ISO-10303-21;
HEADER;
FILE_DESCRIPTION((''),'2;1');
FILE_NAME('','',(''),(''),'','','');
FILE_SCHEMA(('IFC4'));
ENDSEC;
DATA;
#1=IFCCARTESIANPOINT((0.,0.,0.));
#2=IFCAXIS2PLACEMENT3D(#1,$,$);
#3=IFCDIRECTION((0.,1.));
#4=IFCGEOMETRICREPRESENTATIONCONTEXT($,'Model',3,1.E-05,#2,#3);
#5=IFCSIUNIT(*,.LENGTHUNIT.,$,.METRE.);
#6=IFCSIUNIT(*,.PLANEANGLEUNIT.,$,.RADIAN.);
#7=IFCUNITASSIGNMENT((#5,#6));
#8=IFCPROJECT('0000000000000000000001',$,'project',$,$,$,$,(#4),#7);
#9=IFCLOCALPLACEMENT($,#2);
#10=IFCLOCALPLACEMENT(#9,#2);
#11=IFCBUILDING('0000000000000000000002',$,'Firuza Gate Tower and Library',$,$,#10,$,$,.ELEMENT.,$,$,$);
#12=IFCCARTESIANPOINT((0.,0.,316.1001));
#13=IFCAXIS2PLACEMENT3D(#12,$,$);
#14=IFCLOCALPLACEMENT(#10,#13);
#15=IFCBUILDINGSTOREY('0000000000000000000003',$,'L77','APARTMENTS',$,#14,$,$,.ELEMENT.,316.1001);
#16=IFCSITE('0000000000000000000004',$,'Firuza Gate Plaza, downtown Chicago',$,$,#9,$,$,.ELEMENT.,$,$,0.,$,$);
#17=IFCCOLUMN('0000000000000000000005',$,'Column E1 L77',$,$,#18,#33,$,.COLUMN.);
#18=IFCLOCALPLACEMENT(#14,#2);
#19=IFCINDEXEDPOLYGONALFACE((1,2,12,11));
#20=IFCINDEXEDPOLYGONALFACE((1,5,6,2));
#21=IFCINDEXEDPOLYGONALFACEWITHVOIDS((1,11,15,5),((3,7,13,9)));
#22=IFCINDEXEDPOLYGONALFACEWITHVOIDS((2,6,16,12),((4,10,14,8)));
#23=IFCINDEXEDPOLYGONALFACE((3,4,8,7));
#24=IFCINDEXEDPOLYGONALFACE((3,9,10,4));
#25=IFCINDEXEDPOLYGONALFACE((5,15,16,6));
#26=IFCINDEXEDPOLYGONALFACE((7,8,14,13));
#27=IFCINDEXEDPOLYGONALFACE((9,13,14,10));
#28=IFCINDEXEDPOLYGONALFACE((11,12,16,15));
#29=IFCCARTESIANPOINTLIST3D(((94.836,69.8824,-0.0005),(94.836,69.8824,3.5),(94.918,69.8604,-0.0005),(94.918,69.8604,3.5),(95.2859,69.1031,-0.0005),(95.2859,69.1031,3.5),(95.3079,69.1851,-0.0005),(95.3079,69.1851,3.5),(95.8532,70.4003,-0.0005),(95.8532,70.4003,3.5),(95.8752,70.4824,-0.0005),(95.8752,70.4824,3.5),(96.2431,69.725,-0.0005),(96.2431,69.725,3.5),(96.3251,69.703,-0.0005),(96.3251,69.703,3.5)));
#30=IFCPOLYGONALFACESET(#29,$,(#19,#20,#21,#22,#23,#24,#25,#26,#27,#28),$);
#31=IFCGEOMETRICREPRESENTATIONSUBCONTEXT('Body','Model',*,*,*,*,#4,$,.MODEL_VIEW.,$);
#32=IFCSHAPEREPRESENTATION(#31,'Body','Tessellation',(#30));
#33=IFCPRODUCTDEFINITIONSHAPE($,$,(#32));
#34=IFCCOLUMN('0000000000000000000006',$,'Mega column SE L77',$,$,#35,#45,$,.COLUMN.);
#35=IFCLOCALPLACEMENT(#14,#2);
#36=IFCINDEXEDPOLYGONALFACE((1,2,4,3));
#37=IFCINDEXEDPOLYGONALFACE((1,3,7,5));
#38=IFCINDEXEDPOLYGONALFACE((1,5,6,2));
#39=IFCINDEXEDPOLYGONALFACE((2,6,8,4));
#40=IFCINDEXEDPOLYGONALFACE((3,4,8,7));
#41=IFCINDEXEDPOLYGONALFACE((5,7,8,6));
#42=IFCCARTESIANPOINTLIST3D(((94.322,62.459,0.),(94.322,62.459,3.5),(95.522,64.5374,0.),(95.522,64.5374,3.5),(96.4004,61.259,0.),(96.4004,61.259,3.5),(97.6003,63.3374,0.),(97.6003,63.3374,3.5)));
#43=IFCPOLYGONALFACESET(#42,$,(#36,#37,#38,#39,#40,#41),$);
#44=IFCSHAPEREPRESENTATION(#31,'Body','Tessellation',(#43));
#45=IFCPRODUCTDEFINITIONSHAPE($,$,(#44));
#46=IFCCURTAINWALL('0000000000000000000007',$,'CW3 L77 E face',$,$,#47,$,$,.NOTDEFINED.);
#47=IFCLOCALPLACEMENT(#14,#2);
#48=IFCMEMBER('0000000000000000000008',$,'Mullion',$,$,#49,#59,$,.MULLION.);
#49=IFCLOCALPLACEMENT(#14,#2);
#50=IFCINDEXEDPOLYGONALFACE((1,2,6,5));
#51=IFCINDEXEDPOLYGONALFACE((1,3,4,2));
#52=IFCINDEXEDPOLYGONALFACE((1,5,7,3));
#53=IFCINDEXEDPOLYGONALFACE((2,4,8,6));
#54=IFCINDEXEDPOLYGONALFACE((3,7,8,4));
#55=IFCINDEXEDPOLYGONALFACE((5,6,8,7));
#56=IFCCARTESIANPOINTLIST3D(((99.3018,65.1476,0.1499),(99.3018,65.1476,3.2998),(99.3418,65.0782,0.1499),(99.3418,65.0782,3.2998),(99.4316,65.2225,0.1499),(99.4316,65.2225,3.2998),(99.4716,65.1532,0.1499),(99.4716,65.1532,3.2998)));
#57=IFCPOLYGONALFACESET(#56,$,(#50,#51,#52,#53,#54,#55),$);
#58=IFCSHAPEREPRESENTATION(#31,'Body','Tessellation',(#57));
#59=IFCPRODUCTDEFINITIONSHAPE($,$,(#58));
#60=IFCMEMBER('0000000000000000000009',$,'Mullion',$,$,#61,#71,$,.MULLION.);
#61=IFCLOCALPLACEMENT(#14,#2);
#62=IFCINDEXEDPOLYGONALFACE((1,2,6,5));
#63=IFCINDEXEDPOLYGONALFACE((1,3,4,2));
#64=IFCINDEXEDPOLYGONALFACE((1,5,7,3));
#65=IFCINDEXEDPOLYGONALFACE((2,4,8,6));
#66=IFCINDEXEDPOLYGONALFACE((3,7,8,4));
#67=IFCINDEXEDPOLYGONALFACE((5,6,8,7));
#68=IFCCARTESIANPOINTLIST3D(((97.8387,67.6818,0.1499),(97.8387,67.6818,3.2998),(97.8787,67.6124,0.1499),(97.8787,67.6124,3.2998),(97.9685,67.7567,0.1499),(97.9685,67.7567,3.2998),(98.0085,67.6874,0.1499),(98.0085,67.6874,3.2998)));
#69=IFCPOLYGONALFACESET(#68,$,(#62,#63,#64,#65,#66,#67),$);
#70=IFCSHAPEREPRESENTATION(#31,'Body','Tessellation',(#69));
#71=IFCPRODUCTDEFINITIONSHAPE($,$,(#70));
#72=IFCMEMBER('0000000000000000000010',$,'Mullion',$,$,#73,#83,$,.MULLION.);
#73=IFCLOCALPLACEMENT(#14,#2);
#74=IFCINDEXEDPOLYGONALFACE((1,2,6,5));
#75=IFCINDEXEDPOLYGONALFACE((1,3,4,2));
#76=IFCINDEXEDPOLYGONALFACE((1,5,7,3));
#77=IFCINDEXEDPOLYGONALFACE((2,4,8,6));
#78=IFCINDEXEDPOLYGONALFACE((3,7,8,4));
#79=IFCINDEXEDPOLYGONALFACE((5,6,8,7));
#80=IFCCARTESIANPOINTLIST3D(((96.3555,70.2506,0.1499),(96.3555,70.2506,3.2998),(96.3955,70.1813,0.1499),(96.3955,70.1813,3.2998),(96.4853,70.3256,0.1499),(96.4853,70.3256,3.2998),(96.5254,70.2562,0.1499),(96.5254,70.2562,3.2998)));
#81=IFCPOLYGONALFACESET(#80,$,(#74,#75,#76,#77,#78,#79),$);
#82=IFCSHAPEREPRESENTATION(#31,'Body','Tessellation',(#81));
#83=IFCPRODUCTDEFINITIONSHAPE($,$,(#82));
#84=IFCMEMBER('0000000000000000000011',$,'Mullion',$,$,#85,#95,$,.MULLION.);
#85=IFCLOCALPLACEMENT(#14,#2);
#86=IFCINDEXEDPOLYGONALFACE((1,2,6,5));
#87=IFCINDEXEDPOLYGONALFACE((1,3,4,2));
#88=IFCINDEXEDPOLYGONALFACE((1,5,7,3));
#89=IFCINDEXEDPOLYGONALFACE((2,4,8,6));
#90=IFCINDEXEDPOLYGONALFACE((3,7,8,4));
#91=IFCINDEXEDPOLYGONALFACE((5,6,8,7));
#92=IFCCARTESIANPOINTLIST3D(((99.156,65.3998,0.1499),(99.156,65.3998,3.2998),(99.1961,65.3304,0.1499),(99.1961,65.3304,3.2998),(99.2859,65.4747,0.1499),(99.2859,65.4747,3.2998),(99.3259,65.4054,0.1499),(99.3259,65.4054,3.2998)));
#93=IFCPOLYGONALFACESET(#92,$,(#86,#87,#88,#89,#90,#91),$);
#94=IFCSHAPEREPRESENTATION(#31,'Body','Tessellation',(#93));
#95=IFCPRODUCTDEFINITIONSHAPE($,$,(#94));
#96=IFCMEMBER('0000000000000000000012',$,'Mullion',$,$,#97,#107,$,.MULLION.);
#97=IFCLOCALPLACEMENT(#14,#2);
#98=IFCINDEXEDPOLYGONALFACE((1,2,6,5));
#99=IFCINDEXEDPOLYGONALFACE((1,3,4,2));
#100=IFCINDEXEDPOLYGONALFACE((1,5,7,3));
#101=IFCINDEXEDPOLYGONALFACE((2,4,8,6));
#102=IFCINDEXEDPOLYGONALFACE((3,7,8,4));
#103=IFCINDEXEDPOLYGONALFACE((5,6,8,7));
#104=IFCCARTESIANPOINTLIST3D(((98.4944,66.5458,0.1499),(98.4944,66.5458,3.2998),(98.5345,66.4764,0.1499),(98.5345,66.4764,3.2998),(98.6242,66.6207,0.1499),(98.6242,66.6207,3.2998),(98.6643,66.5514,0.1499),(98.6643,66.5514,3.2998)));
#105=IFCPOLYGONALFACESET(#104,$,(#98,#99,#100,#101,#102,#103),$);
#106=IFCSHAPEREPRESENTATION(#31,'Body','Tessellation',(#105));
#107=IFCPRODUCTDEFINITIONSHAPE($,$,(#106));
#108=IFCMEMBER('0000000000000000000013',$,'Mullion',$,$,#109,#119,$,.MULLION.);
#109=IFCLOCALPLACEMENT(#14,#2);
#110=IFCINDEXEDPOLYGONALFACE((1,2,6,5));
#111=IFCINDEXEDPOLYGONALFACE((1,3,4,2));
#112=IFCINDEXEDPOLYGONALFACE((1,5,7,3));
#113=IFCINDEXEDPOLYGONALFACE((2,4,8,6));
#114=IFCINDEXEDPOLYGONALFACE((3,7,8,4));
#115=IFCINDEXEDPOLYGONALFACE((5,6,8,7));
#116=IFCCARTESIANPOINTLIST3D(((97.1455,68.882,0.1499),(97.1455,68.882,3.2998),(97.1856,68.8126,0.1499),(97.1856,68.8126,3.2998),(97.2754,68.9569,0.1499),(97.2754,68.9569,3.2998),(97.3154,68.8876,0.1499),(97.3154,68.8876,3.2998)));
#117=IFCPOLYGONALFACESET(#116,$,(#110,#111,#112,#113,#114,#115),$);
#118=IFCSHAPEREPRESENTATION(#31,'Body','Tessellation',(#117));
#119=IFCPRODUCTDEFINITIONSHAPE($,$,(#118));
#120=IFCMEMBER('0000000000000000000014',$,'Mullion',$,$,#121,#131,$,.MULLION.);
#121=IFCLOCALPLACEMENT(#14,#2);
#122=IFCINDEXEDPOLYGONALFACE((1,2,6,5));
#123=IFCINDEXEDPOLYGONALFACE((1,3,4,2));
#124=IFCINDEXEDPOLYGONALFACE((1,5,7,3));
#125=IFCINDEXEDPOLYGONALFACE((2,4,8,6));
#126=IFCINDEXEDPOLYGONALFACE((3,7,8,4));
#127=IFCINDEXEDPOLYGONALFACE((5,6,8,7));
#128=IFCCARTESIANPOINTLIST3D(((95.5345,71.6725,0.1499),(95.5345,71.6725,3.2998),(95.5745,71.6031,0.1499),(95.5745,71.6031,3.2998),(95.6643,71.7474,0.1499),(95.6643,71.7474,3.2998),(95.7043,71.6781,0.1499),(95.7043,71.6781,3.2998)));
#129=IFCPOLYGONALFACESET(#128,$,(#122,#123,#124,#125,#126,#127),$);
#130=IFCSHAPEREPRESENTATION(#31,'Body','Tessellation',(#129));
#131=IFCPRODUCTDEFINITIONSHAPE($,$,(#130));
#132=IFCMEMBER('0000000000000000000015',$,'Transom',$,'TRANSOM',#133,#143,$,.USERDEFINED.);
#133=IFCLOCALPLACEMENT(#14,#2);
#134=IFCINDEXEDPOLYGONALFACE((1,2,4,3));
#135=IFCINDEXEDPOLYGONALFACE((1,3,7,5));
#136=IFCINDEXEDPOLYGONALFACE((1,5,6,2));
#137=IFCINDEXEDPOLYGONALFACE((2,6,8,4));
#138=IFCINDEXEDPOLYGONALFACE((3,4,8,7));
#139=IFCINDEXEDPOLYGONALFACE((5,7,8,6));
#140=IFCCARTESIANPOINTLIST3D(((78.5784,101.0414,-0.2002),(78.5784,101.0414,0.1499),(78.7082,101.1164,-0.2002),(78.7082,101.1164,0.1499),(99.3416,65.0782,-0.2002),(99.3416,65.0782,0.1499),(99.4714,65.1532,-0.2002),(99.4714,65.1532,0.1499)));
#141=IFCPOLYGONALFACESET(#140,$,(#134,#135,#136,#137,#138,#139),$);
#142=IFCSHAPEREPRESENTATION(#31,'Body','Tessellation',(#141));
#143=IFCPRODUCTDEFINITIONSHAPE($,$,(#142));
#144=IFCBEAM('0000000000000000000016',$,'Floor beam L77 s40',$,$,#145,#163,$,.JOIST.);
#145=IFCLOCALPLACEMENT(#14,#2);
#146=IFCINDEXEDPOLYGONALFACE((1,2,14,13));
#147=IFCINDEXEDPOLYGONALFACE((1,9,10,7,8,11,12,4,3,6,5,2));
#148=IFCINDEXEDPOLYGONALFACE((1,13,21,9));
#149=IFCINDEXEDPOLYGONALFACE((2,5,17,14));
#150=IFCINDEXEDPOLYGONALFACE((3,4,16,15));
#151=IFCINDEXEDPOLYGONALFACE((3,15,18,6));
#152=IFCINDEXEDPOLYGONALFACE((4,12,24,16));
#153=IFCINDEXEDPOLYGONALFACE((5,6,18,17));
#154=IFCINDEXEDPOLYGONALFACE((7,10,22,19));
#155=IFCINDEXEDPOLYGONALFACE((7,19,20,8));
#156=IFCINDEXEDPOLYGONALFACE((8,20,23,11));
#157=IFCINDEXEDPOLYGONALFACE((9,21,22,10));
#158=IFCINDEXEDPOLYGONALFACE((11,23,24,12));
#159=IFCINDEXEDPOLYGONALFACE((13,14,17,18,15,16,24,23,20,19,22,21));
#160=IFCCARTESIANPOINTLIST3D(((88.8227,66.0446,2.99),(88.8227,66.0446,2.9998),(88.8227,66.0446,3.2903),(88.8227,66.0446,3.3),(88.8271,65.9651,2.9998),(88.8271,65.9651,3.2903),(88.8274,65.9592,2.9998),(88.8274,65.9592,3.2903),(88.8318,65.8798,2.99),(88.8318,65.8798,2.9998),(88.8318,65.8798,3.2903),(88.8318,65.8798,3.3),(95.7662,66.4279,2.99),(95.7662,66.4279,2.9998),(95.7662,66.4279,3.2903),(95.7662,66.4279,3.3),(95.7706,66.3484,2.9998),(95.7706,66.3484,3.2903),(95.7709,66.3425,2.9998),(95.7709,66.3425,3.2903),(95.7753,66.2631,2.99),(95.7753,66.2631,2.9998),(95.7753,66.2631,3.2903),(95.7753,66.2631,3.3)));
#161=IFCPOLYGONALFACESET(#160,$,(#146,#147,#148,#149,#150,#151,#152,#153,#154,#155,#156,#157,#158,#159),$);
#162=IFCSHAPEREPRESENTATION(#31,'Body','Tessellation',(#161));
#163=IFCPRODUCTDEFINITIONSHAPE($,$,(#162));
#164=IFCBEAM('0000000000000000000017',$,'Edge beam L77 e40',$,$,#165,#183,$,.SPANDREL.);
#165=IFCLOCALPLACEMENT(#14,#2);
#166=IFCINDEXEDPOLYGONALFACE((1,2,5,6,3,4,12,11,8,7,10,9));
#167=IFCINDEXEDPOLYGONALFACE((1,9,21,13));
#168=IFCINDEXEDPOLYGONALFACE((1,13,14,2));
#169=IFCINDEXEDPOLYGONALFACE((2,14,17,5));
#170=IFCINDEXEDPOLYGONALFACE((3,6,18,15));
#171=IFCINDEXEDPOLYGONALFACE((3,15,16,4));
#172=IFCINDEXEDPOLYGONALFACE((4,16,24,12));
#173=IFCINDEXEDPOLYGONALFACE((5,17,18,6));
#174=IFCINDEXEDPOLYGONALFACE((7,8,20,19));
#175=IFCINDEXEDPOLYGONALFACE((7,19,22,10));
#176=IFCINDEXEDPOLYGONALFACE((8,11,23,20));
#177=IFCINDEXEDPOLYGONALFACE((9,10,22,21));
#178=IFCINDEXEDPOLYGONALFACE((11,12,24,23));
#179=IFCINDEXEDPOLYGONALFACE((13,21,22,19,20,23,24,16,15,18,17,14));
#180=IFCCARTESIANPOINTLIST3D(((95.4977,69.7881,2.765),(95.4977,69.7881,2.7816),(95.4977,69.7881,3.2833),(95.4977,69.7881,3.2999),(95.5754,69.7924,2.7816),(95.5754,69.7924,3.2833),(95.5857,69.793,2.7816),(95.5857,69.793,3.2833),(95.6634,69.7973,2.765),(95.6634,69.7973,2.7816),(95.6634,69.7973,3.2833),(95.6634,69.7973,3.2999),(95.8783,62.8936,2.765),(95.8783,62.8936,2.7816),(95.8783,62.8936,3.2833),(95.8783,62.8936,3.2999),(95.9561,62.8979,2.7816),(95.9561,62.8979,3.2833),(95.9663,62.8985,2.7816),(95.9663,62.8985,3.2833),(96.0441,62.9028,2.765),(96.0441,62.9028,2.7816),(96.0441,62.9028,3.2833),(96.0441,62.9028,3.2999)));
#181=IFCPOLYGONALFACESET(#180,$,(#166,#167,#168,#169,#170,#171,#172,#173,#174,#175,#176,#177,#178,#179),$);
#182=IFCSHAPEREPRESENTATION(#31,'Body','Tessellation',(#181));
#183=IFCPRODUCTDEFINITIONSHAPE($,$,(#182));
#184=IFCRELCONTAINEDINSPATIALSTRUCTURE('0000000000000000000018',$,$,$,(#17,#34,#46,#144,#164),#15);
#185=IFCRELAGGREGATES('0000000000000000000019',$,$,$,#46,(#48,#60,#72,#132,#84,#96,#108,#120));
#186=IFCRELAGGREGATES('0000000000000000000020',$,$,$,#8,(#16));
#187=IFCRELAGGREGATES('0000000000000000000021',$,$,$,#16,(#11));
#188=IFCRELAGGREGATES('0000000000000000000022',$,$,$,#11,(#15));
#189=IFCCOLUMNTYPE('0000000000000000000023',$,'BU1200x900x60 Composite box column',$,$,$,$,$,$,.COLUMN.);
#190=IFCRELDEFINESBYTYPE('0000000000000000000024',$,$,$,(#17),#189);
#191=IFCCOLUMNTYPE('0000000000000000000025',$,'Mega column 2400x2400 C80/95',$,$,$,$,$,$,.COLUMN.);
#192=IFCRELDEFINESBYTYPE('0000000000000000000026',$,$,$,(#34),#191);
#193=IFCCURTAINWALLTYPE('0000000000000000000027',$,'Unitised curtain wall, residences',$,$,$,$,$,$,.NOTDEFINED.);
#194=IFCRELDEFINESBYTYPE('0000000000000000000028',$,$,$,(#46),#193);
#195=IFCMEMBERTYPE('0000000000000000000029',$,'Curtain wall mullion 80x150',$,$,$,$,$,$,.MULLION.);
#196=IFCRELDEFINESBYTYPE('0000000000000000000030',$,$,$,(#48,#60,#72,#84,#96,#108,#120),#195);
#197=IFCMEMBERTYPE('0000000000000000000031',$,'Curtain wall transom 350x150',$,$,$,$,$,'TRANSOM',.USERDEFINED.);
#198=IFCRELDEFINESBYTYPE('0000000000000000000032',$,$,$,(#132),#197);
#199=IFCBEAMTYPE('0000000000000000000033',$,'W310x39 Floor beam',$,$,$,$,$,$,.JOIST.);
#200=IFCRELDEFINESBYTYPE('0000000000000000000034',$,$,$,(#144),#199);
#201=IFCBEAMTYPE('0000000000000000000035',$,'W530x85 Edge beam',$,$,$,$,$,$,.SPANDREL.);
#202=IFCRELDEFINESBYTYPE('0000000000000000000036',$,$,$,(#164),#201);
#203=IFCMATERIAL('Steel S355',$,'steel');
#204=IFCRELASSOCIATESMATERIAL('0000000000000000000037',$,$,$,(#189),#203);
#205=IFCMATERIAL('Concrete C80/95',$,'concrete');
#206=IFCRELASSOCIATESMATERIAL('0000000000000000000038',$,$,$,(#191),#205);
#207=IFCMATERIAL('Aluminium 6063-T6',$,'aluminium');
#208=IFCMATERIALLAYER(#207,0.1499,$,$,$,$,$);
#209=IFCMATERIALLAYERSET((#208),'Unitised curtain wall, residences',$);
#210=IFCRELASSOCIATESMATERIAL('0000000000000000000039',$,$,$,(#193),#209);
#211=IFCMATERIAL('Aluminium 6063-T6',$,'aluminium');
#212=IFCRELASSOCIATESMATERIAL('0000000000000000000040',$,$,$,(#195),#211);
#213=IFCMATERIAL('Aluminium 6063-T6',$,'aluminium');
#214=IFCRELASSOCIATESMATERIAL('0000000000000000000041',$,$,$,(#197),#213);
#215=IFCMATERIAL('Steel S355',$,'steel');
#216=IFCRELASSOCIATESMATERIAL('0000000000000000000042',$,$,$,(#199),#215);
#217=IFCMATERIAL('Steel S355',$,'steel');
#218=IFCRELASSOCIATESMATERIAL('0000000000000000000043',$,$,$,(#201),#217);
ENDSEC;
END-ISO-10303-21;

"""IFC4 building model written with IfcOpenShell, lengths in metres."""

from ifc_helpers import new_model, si_unit, direction, frame, origin, origin_2d, place, context, subcontext, project, spatial, rectangle, hollow_rectangle, i_section, extrude, material, layer, layer_set, material_profile, profile_set, type_object, element, aggregate, save


model = new_model("IFC4")

# Units and contexts
model_context = context("Model", 3, precision=1e-05, world=origin(), true_north=direction((0.0, 1.0)))
body_context = subcontext(model_context, "Body", "Model", "MODEL_VIEW")
ifc_project = project(units=[si_unit("LENGTHUNIT", "METRE"), si_unit("PLANEANGLEUNIT", "RADIAN")], contexts=[model_context])

# Site, building, storey
site_placement = place(None, origin())
site = spatial("IfcSite", under=ifc_project, at=site_placement, Name="Firuza Gate Plaza, downtown Chicago", CompositionType="ELEMENT", RefElevation=0.0)
building_placement = place(site_placement, origin())
building = spatial("IfcBuilding", under=site, at=building_placement, Name="Firuza Gate Tower and Library", CompositionType="ELEMENT")
storey_placement = place(building_placement, frame((0.0, 0.0, 316.1001)))
storey = spatial("IfcBuildingStorey", under=building, at=storey_placement, Name="L77", Description="APARTMENTS", CompositionType="ELEMENT", Elevation=316.1001)

# Columns
ifc_material_1 = material(Name="Steel S355", Category="steel")
ifc_material_profile_1 = material_profile(ifc_material_1, hollow_rectangle(XDim=0.8999, YDim=1.2, WallThickness=0.0601, at=origin_2d()))
ifc_profile_set_1 = profile_set([ifc_material_profile_1], Name="Steel S355")
column_type_1 = type_object("IfcColumnType", Name="BU1200x900x60 Composite box column", PredefinedType="COLUMN", material=ifc_profile_set_1)
column_1_placement = place(storey_placement, frame((95.5806, 69.7927, -0.0005), z_axis=(0.0, 0.0, 1.0), x_axis=(-0.5, 0.866025, 0.0)))
element("IfcColumn", 1, at=column_1_placement, inside=storey, type_object=column_type_1, Name="Column E1 L77", PredefinedType="COLUMN", context=body_context, shape_type="SweptSolid", body=[
    extrude(hollow_rectangle(XDim=0.8999, YDim=1.2, WallThickness=0.0601, at=origin_2d()), origin(), (0.0, 0.0, 1.0), 3.5005),
])
ifc_material_2 = material(Name="Concrete C80/95", Category="concrete")
ifc_material_profile_2 = material_profile(ifc_material_2, rectangle(XDim=2.3999, YDim=2.3999, at=origin_2d()))
ifc_profile_set_2 = profile_set([ifc_material_profile_2], Name="Concrete C80/95")
column_type_2 = type_object("IfcColumnType", Name="Mega column 2400x2400 C80/95", PredefinedType="COLUMN", material=ifc_profile_set_2)
column_2_placement = place(storey_placement, frame((95.9612, 62.8982, 0.0), z_axis=(0.0, 0.0, 1.0), x_axis=(0.5, 0.866025, 0.0)))
element("IfcColumn", 2, at=column_2_placement, inside=storey, type_object=column_type_2, Name="Mega column SE L77", PredefinedType="COLUMN", context=body_context, shape_type="SweptSolid", body=[
    extrude(rectangle(XDim=2.3999, YDim=2.3999, at=origin_2d()), origin(), (0.0, 0.0, 1.0), 3.5),
])

# Curtain wall, members
ifc_material_3 = material(Name="Aluminium 6063-T6", Category="aluminium")
ifc_layer_1 = layer(ifc_material_3, 0.1499)
ifc_layer_set_1 = layer_set([ifc_layer_1], Name="Unitised curtain wall, residences")
curtain_wall_type = type_object("IfcCurtainWallType", Name="Unitised curtain wall, residences", PredefinedType="NOTDEFINED", material=ifc_layer_set_1)
curtain_wall_placement = place(storey_placement, origin())
curtain_wall = element("IfcCurtainWall", 3, at=curtain_wall_placement, inside=storey, type_object=curtain_wall_type, Name="CW3 L77 E face", PredefinedType="NOTDEFINED")
ifc_material_4 = material(Name="Aluminium 6063-T6", Category="aluminium")
ifc_material_profile_3 = material_profile(ifc_material_4, rectangle(XDim=0.1499, YDim=0.0801, at=origin_2d()))
ifc_profile_set_3 = profile_set([ifc_material_profile_3], Name="Aluminium 6063-T6")
member_type_1 = type_object("IfcMemberType", Name="Curtain wall mullion 80x150", PredefinedType="MULLION", material=ifc_profile_set_3)
member_1_placement = place(storey_placement, frame((99.3867, 65.1504, 0.1499), z_axis=(0.0, 0.0, 1.0), x_axis=(-0.866025, -0.5, 0.0)))
member_1 = element("IfcMember", 4, at=member_1_placement, type_object=member_type_1, Name="Mullion", PredefinedType="MULLION", context=body_context, shape_type="SweptSolid", body=[
    extrude(rectangle(XDim=0.1499, YDim=0.0801, at=origin_2d()), origin(), (0.0, 0.0, 1.0), 3.1499),
])
member_2_placement = place(storey_placement, frame((97.9236, 67.6846, 0.1499), z_axis=(0.0, 0.0, 1.0), x_axis=(-0.866025, -0.5, 0.0)))
member_2 = element("IfcMember", 5, at=member_2_placement, type_object=member_type_1, Name="Mullion", PredefinedType="MULLION", context=body_context, shape_type="SweptSolid", body=[
    extrude(rectangle(XDim=0.1499, YDim=0.0801, at=origin_2d()), origin(), (0.0, 0.0, 1.0), 3.1499),
])
member_3_placement = place(storey_placement, frame((96.4404, 70.2534, 0.1499), z_axis=(0.0, 0.0, 1.0), x_axis=(-0.866025, -0.5, 0.0)))
member_3 = element("IfcMember", 6, at=member_3_placement, type_object=member_type_1, Name="Mullion", PredefinedType="MULLION", context=body_context, shape_type="SweptSolid", body=[
    extrude(rectangle(XDim=0.1499, YDim=0.0801, at=origin_2d()), origin(), (0.0, 0.0, 1.0), 3.1499),
])
member_4_placement = place(storey_placement, frame((99.241, 65.4026, 0.1499), z_axis=(0.0, 0.0, 1.0), x_axis=(-0.866025, -0.5, 0.0)))
member_4 = element("IfcMember", 7, at=member_4_placement, type_object=member_type_1, Name="Mullion", PredefinedType="MULLION", context=body_context, shape_type="SweptSolid", body=[
    extrude(rectangle(XDim=0.1499, YDim=0.0801, at=origin_2d()), origin(), (0.0, 0.0, 1.0), 3.1499),
])
member_5_placement = place(storey_placement, frame((98.5793, 66.5486, 0.1499), z_axis=(0.0, 0.0, 1.0), x_axis=(-0.866025, -0.5, 0.0)))
member_5 = element("IfcMember", 8, at=member_5_placement, type_object=member_type_1, Name="Mullion", PredefinedType="MULLION", context=body_context, shape_type="SweptSolid", body=[
    extrude(rectangle(XDim=0.1499, YDim=0.0801, at=origin_2d()), origin(), (0.0, 0.0, 1.0), 3.1499),
])
member_6_placement = place(storey_placement, frame((97.2305, 68.8848, 0.1499), z_axis=(0.0, 0.0, 1.0), x_axis=(-0.866025, -0.5, 0.0)))
member_6 = element("IfcMember", 9, at=member_6_placement, type_object=member_type_1, Name="Mullion", PredefinedType="MULLION", context=body_context, shape_type="SweptSolid", body=[
    extrude(rectangle(XDim=0.1499, YDim=0.0801, at=origin_2d()), origin(), (0.0, 0.0, 1.0), 3.1499),
])
member_7_placement = place(storey_placement, frame((95.6194, 71.6753, 0.1499), z_axis=(0.0, 0.0, 1.0), x_axis=(-0.866025, -0.5, 0.0)))
member_7 = element("IfcMember", 10, at=member_7_placement, type_object=member_type_1, Name="Mullion", PredefinedType="MULLION", context=body_context, shape_type="SweptSolid", body=[
    extrude(rectangle(XDim=0.1499, YDim=0.0801, at=origin_2d()), origin(), (0.0, 0.0, 1.0), 3.1499),
])
ifc_material_5 = material(Name="Aluminium 6063-T6", Category="aluminium")
ifc_material_profile_4 = material_profile(ifc_material_5, rectangle(XDim=0.1499, YDim=0.3501, at=origin_2d()))
ifc_profile_set_4 = profile_set([ifc_material_profile_4], Name="Aluminium 6063-T6")
member_type_2 = type_object("IfcMemberType", Name="Curtain wall transom 350x150", ElementType="TRANSOM", PredefinedType="USERDEFINED", material=ifc_profile_set_4)
member_8_placement = place(storey_placement, frame((99.4065, 65.1157, -0.0251), z_axis=(-0.499997, 0.866027, 0.0), x_axis=(-0.866027, -0.499997, 0.0)))
member_8 = element("IfcMember", 11, at=member_8_placement, type_object=member_type_2, Name="Transom", ObjectType="TRANSOM", PredefinedType="USERDEFINED", context=body_context, shape_type="SweptSolid", body=[
    extrude(rectangle(XDim=0.1499, YDim=0.3501, at=origin_2d()), origin(), (0.0, 0.0, 1.0), 41.5266),
])

# Beams
ifc_material_6 = material(Name="Steel S355", Category="steel")
ifc_material_profile_5 = material_profile(ifc_material_6, i_section(OverallWidth=0.165, OverallDepth=0.3101, WebThickness=0.0059, FlangeThickness=0.0098, at=origin_2d()))
ifc_profile_set_5 = profile_set([ifc_material_profile_5], Name="Steel S355")
beam_type_1 = type_object("IfcBeamType", Name="W310x39 Floor beam", PredefinedType="JOIST", material=ifc_profile_set_5)
beam_1_placement = place(storey_placement, frame((95.7708, 66.3455, 3.145), z_axis=(-0.99848, -0.055118, 0.0), x_axis=(0.055118, -0.99848, 0.0)))
element("IfcBeam", 12, at=beam_1_placement, inside=storey, type_object=beam_type_1, Name="Floor beam L77 s40", PredefinedType="JOIST", context=body_context, shape_type="SweptSolid", body=[
    extrude(i_section(OverallWidth=0.165, OverallDepth=0.3101, WebThickness=0.0059, FlangeThickness=0.0098, at=origin_2d()), origin(), (0.0, 0.0, 1.0), 6.9541),
])
ifc_material_7 = material(Name="Steel S355", Category="steel")
ifc_material_profile_6 = material_profile(ifc_material_7, i_section(OverallWidth=0.166, OverallDepth=0.5349, WebThickness=0.0103, FlangeThickness=0.0166, at=origin_2d()))
ifc_profile_set_6 = profile_set([ifc_material_profile_6], Name="Steel S355")
beam_type_2 = type_object("IfcBeamType", Name="W530x85 Edge beam", PredefinedType="SPANDREL", material=ifc_profile_set_6)
beam_2_placement = place(storey_placement, frame((95.9612, 62.8982, 3.0325), z_axis=(-0.055121, 0.99848, 0.0), x_axis=(-0.99848, -0.055121, 0.0)))
element("IfcBeam", 13, at=beam_2_placement, inside=storey, type_object=beam_type_2, Name="Edge beam L77 e40", PredefinedType="SPANDREL", context=body_context, shape_type="SweptSolid", body=[
    extrude(i_section(OverallWidth=0.166, OverallDepth=0.5349, WebThickness=0.0103, FlangeThickness=0.0166, at=origin_2d()), origin(), (0.0, 0.0, 1.0), 6.905),
])

aggregate(curtain_wall, [member_1, member_2, member_3, member_8, member_4, member_5, member_6, member_7])

save(model, "model.ifc")
